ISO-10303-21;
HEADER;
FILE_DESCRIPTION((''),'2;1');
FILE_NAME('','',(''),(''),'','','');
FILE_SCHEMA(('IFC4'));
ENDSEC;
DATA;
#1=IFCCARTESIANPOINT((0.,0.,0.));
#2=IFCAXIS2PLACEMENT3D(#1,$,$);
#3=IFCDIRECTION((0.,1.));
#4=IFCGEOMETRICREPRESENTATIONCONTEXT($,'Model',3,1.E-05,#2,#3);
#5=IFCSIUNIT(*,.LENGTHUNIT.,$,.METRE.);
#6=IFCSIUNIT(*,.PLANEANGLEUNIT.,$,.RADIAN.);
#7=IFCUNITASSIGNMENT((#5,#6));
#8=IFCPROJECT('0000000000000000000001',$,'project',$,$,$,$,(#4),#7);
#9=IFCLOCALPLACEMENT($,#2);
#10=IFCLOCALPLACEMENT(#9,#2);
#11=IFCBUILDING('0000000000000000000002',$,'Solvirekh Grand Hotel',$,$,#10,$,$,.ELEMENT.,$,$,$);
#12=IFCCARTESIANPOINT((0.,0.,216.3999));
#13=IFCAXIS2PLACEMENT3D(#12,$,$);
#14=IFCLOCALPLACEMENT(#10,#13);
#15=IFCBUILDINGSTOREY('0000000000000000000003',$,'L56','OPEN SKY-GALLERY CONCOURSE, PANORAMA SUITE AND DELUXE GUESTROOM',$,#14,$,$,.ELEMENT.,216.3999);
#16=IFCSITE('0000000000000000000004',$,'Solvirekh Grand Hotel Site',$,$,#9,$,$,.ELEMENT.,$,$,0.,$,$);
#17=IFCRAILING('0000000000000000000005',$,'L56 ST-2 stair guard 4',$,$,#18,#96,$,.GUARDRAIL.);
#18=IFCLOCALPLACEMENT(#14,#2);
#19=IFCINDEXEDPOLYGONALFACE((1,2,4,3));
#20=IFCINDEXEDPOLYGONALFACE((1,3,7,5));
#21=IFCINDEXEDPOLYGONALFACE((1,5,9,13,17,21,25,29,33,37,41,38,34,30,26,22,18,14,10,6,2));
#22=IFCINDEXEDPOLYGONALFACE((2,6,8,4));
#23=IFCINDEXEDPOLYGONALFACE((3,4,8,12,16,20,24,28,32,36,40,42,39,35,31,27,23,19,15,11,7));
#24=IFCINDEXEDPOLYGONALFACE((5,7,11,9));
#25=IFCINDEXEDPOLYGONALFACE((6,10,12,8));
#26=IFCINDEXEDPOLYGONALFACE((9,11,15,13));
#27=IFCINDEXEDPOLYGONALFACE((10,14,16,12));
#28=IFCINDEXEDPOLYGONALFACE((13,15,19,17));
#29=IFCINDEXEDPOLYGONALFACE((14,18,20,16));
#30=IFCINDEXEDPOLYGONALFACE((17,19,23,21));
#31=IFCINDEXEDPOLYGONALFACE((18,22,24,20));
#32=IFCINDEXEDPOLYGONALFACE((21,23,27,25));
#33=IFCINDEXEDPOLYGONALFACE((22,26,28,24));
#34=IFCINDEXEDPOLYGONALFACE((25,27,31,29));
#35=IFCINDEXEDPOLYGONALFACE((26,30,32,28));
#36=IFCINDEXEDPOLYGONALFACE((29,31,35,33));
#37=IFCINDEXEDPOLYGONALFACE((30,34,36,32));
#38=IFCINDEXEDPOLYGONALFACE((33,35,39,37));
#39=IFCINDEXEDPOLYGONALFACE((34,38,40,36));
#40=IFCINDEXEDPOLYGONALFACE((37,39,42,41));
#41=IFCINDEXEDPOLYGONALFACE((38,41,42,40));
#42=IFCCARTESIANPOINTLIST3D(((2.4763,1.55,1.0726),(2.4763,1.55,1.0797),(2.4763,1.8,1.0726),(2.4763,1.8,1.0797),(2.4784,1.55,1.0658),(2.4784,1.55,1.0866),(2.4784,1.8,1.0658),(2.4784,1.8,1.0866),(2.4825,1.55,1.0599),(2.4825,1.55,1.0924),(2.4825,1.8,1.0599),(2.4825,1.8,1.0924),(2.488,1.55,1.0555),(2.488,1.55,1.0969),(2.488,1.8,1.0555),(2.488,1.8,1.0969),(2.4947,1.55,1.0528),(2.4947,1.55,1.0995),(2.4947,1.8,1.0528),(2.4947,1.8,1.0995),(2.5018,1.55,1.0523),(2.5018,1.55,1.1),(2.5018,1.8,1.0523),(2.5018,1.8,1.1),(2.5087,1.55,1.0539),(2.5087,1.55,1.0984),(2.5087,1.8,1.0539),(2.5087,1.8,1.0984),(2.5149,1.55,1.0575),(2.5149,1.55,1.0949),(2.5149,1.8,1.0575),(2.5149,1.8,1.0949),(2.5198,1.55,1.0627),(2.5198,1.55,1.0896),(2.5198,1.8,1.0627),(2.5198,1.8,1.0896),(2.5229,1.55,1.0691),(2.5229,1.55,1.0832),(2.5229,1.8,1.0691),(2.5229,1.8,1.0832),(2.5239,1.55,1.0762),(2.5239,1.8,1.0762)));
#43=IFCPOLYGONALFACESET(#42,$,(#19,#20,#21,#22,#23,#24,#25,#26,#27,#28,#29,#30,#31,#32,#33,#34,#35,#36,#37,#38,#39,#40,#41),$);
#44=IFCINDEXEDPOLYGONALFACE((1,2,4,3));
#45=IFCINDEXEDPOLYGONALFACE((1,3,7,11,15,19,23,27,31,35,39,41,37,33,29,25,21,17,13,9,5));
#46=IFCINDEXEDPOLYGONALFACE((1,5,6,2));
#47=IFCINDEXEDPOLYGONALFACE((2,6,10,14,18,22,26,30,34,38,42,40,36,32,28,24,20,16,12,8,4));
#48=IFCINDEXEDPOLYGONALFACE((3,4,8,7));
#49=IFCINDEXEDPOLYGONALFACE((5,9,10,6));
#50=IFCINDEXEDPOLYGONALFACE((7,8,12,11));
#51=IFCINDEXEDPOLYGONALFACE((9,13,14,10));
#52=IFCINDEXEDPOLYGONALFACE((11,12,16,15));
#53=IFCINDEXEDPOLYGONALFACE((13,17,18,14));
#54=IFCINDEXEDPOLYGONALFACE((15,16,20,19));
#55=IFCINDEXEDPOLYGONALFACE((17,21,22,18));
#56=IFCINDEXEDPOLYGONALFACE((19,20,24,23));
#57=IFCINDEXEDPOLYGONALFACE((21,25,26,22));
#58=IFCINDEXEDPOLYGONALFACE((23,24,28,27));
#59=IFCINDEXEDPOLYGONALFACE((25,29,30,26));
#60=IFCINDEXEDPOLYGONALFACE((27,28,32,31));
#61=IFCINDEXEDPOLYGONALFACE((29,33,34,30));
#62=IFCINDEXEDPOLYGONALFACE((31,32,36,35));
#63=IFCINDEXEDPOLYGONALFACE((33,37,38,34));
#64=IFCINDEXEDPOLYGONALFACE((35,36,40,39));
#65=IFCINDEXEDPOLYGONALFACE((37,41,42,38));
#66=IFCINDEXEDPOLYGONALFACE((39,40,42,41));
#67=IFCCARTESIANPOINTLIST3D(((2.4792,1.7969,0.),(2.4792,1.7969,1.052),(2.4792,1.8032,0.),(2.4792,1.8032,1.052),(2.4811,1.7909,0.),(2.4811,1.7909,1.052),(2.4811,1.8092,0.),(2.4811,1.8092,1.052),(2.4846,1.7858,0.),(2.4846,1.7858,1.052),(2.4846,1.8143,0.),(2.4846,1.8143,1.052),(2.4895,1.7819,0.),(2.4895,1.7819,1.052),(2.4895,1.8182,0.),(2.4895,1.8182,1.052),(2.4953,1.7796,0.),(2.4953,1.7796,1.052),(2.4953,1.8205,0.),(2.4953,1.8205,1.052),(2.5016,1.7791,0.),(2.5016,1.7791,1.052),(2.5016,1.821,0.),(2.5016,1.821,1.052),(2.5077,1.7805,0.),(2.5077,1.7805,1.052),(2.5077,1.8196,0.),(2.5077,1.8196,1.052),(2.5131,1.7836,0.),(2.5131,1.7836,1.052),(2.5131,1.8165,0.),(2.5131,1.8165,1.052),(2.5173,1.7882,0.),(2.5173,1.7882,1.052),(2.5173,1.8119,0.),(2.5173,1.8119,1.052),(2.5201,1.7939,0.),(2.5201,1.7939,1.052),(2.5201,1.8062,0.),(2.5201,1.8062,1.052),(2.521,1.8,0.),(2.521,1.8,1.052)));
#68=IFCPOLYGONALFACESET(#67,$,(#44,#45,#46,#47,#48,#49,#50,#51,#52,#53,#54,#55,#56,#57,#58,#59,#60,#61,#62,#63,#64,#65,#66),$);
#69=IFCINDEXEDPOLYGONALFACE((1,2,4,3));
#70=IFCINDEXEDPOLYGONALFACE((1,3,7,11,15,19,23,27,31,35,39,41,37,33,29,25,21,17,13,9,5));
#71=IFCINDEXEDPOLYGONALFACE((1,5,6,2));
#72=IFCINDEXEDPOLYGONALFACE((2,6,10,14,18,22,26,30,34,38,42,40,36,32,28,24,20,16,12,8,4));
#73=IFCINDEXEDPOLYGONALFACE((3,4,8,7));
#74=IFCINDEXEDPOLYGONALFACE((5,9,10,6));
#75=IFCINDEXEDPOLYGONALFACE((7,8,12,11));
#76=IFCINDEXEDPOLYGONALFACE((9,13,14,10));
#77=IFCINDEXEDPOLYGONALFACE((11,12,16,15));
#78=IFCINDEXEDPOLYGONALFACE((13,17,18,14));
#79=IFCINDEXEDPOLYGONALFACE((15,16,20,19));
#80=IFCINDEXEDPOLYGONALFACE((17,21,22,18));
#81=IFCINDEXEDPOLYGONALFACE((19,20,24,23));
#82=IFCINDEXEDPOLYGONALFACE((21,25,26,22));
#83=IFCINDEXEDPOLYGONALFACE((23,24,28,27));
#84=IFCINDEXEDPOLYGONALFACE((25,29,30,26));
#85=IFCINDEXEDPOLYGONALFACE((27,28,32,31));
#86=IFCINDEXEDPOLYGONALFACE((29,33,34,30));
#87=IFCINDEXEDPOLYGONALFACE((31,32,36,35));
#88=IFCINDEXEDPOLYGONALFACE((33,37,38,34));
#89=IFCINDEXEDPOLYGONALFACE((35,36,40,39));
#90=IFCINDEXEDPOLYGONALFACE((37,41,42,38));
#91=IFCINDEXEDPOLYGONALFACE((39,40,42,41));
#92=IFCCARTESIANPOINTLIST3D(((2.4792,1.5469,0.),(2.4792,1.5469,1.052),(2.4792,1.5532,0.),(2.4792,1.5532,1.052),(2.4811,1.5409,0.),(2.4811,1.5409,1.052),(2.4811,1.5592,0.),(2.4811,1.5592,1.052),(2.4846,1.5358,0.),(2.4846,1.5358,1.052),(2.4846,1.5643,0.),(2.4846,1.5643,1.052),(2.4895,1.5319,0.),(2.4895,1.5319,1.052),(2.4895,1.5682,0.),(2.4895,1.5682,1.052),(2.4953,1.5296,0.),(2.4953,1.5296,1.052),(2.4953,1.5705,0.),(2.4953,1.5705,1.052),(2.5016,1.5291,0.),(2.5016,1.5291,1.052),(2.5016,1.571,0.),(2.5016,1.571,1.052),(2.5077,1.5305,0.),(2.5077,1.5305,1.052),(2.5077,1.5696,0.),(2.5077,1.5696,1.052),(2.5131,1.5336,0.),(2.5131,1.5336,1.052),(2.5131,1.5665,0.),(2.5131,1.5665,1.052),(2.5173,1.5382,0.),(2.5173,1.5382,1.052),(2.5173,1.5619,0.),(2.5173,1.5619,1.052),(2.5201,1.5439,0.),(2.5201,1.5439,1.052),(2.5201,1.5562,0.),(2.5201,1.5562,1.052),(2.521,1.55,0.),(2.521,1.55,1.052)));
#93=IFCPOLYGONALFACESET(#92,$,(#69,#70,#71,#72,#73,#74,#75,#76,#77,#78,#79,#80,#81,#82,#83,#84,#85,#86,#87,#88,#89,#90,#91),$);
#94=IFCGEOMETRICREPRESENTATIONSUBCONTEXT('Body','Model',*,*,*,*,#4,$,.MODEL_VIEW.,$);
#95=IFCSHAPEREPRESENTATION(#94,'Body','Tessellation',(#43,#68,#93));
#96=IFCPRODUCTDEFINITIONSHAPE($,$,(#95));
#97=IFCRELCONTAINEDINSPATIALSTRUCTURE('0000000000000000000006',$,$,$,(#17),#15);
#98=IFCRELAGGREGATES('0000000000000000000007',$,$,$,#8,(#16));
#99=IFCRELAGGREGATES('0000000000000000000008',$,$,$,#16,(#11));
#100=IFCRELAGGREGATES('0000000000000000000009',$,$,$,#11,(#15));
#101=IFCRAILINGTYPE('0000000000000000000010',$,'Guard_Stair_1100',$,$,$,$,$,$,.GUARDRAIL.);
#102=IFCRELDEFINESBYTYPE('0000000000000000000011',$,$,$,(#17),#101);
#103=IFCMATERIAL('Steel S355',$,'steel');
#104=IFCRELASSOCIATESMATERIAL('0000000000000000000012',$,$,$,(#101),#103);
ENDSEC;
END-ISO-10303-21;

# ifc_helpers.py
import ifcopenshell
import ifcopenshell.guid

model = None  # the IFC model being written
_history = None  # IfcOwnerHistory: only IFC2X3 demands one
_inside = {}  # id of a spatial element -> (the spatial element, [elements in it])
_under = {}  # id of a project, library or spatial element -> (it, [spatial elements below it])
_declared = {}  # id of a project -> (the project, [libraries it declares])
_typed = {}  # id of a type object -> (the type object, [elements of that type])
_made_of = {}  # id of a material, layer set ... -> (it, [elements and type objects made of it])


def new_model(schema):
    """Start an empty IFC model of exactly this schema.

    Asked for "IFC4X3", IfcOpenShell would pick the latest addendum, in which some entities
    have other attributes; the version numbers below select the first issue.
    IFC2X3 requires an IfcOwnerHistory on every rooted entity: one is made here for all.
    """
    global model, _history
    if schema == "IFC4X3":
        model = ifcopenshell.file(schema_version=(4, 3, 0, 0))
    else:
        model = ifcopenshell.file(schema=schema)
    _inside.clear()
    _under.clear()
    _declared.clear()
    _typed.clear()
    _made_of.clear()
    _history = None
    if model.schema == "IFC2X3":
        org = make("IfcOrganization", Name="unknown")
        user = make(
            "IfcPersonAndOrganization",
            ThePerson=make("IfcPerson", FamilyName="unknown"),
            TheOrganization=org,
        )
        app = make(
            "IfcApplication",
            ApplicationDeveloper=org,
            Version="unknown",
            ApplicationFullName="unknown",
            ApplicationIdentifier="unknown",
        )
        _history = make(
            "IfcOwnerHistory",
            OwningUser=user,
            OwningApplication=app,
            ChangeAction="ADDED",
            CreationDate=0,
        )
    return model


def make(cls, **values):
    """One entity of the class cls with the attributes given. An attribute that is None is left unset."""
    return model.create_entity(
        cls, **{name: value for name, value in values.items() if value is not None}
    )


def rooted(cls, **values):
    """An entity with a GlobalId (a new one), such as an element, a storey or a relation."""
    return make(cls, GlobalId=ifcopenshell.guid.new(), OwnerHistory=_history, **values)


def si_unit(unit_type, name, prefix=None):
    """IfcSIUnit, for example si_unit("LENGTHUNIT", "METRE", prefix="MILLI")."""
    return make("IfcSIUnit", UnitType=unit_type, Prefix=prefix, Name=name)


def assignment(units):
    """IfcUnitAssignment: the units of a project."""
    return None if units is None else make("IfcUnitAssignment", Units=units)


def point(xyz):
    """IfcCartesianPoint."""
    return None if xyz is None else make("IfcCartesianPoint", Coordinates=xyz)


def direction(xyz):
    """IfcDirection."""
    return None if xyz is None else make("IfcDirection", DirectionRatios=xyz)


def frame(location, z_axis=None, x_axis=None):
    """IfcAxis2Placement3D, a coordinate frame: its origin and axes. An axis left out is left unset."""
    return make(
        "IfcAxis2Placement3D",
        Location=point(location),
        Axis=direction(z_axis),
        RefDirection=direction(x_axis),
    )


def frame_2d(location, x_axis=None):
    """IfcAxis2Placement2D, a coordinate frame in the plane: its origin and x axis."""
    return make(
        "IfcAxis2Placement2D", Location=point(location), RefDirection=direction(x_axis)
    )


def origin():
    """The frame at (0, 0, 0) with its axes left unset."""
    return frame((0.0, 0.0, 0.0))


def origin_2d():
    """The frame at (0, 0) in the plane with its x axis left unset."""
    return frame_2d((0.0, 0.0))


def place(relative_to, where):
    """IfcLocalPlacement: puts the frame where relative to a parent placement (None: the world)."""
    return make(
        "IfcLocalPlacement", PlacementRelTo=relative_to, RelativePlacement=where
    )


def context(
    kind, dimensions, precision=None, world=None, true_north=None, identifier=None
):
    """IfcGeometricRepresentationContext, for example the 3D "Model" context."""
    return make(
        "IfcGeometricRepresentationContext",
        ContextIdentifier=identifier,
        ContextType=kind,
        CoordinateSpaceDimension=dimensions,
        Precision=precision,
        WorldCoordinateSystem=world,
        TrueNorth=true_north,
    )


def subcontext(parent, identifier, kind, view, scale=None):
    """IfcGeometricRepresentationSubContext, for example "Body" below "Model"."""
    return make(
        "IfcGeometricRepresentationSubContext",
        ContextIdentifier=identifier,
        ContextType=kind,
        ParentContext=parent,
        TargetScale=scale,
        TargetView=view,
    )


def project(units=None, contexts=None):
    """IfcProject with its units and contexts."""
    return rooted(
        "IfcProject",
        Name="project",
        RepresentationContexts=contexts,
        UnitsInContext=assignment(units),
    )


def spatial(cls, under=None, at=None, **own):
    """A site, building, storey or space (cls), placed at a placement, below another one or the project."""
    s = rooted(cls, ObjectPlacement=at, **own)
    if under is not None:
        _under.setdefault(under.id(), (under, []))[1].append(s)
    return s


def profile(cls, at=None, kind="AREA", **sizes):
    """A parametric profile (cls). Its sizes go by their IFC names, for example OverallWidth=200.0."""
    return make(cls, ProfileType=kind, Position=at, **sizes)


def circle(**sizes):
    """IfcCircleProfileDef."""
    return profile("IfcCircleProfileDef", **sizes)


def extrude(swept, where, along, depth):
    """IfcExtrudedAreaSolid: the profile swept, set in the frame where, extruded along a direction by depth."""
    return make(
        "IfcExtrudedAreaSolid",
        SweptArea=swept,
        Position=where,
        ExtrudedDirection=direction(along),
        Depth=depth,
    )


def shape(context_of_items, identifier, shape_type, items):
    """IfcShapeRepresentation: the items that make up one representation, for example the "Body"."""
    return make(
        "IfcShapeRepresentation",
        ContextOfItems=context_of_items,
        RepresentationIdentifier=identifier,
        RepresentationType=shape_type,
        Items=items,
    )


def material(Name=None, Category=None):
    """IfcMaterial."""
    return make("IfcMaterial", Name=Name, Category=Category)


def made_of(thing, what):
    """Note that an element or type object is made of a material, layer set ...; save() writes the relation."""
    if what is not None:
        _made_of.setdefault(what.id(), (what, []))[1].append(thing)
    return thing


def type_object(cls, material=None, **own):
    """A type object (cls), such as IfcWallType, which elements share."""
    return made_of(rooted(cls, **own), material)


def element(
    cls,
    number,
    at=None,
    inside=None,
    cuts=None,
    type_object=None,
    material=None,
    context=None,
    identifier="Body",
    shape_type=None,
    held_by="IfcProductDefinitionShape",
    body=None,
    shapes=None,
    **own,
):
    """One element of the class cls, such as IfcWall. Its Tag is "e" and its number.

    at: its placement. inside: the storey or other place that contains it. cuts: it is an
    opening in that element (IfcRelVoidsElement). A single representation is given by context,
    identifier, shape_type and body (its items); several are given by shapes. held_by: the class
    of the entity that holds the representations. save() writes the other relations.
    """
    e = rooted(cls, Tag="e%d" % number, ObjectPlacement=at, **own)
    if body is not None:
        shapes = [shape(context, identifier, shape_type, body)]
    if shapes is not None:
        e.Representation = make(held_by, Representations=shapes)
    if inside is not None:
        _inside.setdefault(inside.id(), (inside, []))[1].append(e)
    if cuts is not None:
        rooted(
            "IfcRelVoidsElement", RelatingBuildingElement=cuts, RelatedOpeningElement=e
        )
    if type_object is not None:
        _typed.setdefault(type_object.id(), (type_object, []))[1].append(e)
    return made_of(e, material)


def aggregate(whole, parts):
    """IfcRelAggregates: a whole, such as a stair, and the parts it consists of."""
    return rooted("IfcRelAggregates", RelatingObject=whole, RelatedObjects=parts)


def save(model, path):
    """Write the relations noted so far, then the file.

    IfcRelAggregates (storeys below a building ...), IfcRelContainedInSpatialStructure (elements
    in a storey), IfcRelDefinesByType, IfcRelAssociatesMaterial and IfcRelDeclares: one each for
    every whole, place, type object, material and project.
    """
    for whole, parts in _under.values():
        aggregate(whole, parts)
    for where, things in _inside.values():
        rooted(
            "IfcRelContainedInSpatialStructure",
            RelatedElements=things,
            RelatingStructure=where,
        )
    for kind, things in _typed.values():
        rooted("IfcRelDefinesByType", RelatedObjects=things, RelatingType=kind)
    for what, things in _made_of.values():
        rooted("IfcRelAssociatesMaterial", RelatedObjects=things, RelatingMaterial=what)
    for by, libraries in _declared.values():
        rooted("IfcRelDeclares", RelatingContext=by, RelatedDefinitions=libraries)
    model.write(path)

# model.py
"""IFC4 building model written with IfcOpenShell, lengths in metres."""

from ifc_helpers import new_model, si_unit, direction, frame, origin, origin_2d, place, context, subcontext, project, spatial, circle, extrude, material, type_object, element, save


model = new_model("IFC4")

# Units and contexts
model_context = context("Model", 3, precision=1e-05, world=origin(), true_north=direction((0.0, 1.0)))
body_context = subcontext(model_context, "Body", "Model", "MODEL_VIEW")
ifc_project = project(units=[si_unit("LENGTHUNIT", "METRE"), si_unit("PLANEANGLEUNIT", "RADIAN")], contexts=[model_context])

# Site, building, storey
site_placement = place(None, origin())
site = spatial("IfcSite", under=ifc_project, at=site_placement, Name="Solvirekh Grand Hotel Site", CompositionType="ELEMENT", RefElevation=0.0)
building_placement = place(site_placement, origin())
building = spatial("IfcBuilding", under=site, at=building_placement, Name="Solvirekh Grand Hotel", CompositionType="ELEMENT")
storey_placement = place(building_placement, frame((0.0, 0.0, 216.3999)))
storey = spatial("IfcBuildingStorey", under=building, at=storey_placement, Name="L56", Description="OPEN SKY-GALLERY CONCOURSE, PANORAMA SUITE AND DELUXE GUESTROOM", CompositionType="ELEMENT", Elevation=216.3999)

# Shared definitions
ifc_material_1 = material(Name="Steel S355", Category="steel")

# Railing
railing_type_1 = type_object("IfcRailingType", Name="Guard_Stair_1100", PredefinedType="GUARDRAIL", material=ifc_material_1)
railing_1_placement = place(storey_placement, frame((2.5, 1.8, 0.0)))
element("IfcRailing", 1, at=railing_1_placement, inside=storey, type_object=railing_type_1, Name="L56 ST-2 stair guard 4", PredefinedType="GUARDRAIL", context=body_context, shape_type="SweptSolid", body=[
    extrude(circle(Radius=0.0239, at=origin_2d()), frame((0.0, 0.0, 1.0762), z_axis=(0.0, -1.0, 0.0), x_axis=(1.0, 0.0, 0.0)), (0.0, 0.0, 1.0), 0.25),
    extrude(circle(Radius=0.021, at=origin_2d()), origin(), (0.0, 0.0, 1.0), 1.052),
    extrude(circle(Radius=0.021, at=origin_2d()), frame((0.0, -0.25, 0.0)), (0.0, 0.0, 1.0), 1.052),
])

save(model, "model.ifc")
